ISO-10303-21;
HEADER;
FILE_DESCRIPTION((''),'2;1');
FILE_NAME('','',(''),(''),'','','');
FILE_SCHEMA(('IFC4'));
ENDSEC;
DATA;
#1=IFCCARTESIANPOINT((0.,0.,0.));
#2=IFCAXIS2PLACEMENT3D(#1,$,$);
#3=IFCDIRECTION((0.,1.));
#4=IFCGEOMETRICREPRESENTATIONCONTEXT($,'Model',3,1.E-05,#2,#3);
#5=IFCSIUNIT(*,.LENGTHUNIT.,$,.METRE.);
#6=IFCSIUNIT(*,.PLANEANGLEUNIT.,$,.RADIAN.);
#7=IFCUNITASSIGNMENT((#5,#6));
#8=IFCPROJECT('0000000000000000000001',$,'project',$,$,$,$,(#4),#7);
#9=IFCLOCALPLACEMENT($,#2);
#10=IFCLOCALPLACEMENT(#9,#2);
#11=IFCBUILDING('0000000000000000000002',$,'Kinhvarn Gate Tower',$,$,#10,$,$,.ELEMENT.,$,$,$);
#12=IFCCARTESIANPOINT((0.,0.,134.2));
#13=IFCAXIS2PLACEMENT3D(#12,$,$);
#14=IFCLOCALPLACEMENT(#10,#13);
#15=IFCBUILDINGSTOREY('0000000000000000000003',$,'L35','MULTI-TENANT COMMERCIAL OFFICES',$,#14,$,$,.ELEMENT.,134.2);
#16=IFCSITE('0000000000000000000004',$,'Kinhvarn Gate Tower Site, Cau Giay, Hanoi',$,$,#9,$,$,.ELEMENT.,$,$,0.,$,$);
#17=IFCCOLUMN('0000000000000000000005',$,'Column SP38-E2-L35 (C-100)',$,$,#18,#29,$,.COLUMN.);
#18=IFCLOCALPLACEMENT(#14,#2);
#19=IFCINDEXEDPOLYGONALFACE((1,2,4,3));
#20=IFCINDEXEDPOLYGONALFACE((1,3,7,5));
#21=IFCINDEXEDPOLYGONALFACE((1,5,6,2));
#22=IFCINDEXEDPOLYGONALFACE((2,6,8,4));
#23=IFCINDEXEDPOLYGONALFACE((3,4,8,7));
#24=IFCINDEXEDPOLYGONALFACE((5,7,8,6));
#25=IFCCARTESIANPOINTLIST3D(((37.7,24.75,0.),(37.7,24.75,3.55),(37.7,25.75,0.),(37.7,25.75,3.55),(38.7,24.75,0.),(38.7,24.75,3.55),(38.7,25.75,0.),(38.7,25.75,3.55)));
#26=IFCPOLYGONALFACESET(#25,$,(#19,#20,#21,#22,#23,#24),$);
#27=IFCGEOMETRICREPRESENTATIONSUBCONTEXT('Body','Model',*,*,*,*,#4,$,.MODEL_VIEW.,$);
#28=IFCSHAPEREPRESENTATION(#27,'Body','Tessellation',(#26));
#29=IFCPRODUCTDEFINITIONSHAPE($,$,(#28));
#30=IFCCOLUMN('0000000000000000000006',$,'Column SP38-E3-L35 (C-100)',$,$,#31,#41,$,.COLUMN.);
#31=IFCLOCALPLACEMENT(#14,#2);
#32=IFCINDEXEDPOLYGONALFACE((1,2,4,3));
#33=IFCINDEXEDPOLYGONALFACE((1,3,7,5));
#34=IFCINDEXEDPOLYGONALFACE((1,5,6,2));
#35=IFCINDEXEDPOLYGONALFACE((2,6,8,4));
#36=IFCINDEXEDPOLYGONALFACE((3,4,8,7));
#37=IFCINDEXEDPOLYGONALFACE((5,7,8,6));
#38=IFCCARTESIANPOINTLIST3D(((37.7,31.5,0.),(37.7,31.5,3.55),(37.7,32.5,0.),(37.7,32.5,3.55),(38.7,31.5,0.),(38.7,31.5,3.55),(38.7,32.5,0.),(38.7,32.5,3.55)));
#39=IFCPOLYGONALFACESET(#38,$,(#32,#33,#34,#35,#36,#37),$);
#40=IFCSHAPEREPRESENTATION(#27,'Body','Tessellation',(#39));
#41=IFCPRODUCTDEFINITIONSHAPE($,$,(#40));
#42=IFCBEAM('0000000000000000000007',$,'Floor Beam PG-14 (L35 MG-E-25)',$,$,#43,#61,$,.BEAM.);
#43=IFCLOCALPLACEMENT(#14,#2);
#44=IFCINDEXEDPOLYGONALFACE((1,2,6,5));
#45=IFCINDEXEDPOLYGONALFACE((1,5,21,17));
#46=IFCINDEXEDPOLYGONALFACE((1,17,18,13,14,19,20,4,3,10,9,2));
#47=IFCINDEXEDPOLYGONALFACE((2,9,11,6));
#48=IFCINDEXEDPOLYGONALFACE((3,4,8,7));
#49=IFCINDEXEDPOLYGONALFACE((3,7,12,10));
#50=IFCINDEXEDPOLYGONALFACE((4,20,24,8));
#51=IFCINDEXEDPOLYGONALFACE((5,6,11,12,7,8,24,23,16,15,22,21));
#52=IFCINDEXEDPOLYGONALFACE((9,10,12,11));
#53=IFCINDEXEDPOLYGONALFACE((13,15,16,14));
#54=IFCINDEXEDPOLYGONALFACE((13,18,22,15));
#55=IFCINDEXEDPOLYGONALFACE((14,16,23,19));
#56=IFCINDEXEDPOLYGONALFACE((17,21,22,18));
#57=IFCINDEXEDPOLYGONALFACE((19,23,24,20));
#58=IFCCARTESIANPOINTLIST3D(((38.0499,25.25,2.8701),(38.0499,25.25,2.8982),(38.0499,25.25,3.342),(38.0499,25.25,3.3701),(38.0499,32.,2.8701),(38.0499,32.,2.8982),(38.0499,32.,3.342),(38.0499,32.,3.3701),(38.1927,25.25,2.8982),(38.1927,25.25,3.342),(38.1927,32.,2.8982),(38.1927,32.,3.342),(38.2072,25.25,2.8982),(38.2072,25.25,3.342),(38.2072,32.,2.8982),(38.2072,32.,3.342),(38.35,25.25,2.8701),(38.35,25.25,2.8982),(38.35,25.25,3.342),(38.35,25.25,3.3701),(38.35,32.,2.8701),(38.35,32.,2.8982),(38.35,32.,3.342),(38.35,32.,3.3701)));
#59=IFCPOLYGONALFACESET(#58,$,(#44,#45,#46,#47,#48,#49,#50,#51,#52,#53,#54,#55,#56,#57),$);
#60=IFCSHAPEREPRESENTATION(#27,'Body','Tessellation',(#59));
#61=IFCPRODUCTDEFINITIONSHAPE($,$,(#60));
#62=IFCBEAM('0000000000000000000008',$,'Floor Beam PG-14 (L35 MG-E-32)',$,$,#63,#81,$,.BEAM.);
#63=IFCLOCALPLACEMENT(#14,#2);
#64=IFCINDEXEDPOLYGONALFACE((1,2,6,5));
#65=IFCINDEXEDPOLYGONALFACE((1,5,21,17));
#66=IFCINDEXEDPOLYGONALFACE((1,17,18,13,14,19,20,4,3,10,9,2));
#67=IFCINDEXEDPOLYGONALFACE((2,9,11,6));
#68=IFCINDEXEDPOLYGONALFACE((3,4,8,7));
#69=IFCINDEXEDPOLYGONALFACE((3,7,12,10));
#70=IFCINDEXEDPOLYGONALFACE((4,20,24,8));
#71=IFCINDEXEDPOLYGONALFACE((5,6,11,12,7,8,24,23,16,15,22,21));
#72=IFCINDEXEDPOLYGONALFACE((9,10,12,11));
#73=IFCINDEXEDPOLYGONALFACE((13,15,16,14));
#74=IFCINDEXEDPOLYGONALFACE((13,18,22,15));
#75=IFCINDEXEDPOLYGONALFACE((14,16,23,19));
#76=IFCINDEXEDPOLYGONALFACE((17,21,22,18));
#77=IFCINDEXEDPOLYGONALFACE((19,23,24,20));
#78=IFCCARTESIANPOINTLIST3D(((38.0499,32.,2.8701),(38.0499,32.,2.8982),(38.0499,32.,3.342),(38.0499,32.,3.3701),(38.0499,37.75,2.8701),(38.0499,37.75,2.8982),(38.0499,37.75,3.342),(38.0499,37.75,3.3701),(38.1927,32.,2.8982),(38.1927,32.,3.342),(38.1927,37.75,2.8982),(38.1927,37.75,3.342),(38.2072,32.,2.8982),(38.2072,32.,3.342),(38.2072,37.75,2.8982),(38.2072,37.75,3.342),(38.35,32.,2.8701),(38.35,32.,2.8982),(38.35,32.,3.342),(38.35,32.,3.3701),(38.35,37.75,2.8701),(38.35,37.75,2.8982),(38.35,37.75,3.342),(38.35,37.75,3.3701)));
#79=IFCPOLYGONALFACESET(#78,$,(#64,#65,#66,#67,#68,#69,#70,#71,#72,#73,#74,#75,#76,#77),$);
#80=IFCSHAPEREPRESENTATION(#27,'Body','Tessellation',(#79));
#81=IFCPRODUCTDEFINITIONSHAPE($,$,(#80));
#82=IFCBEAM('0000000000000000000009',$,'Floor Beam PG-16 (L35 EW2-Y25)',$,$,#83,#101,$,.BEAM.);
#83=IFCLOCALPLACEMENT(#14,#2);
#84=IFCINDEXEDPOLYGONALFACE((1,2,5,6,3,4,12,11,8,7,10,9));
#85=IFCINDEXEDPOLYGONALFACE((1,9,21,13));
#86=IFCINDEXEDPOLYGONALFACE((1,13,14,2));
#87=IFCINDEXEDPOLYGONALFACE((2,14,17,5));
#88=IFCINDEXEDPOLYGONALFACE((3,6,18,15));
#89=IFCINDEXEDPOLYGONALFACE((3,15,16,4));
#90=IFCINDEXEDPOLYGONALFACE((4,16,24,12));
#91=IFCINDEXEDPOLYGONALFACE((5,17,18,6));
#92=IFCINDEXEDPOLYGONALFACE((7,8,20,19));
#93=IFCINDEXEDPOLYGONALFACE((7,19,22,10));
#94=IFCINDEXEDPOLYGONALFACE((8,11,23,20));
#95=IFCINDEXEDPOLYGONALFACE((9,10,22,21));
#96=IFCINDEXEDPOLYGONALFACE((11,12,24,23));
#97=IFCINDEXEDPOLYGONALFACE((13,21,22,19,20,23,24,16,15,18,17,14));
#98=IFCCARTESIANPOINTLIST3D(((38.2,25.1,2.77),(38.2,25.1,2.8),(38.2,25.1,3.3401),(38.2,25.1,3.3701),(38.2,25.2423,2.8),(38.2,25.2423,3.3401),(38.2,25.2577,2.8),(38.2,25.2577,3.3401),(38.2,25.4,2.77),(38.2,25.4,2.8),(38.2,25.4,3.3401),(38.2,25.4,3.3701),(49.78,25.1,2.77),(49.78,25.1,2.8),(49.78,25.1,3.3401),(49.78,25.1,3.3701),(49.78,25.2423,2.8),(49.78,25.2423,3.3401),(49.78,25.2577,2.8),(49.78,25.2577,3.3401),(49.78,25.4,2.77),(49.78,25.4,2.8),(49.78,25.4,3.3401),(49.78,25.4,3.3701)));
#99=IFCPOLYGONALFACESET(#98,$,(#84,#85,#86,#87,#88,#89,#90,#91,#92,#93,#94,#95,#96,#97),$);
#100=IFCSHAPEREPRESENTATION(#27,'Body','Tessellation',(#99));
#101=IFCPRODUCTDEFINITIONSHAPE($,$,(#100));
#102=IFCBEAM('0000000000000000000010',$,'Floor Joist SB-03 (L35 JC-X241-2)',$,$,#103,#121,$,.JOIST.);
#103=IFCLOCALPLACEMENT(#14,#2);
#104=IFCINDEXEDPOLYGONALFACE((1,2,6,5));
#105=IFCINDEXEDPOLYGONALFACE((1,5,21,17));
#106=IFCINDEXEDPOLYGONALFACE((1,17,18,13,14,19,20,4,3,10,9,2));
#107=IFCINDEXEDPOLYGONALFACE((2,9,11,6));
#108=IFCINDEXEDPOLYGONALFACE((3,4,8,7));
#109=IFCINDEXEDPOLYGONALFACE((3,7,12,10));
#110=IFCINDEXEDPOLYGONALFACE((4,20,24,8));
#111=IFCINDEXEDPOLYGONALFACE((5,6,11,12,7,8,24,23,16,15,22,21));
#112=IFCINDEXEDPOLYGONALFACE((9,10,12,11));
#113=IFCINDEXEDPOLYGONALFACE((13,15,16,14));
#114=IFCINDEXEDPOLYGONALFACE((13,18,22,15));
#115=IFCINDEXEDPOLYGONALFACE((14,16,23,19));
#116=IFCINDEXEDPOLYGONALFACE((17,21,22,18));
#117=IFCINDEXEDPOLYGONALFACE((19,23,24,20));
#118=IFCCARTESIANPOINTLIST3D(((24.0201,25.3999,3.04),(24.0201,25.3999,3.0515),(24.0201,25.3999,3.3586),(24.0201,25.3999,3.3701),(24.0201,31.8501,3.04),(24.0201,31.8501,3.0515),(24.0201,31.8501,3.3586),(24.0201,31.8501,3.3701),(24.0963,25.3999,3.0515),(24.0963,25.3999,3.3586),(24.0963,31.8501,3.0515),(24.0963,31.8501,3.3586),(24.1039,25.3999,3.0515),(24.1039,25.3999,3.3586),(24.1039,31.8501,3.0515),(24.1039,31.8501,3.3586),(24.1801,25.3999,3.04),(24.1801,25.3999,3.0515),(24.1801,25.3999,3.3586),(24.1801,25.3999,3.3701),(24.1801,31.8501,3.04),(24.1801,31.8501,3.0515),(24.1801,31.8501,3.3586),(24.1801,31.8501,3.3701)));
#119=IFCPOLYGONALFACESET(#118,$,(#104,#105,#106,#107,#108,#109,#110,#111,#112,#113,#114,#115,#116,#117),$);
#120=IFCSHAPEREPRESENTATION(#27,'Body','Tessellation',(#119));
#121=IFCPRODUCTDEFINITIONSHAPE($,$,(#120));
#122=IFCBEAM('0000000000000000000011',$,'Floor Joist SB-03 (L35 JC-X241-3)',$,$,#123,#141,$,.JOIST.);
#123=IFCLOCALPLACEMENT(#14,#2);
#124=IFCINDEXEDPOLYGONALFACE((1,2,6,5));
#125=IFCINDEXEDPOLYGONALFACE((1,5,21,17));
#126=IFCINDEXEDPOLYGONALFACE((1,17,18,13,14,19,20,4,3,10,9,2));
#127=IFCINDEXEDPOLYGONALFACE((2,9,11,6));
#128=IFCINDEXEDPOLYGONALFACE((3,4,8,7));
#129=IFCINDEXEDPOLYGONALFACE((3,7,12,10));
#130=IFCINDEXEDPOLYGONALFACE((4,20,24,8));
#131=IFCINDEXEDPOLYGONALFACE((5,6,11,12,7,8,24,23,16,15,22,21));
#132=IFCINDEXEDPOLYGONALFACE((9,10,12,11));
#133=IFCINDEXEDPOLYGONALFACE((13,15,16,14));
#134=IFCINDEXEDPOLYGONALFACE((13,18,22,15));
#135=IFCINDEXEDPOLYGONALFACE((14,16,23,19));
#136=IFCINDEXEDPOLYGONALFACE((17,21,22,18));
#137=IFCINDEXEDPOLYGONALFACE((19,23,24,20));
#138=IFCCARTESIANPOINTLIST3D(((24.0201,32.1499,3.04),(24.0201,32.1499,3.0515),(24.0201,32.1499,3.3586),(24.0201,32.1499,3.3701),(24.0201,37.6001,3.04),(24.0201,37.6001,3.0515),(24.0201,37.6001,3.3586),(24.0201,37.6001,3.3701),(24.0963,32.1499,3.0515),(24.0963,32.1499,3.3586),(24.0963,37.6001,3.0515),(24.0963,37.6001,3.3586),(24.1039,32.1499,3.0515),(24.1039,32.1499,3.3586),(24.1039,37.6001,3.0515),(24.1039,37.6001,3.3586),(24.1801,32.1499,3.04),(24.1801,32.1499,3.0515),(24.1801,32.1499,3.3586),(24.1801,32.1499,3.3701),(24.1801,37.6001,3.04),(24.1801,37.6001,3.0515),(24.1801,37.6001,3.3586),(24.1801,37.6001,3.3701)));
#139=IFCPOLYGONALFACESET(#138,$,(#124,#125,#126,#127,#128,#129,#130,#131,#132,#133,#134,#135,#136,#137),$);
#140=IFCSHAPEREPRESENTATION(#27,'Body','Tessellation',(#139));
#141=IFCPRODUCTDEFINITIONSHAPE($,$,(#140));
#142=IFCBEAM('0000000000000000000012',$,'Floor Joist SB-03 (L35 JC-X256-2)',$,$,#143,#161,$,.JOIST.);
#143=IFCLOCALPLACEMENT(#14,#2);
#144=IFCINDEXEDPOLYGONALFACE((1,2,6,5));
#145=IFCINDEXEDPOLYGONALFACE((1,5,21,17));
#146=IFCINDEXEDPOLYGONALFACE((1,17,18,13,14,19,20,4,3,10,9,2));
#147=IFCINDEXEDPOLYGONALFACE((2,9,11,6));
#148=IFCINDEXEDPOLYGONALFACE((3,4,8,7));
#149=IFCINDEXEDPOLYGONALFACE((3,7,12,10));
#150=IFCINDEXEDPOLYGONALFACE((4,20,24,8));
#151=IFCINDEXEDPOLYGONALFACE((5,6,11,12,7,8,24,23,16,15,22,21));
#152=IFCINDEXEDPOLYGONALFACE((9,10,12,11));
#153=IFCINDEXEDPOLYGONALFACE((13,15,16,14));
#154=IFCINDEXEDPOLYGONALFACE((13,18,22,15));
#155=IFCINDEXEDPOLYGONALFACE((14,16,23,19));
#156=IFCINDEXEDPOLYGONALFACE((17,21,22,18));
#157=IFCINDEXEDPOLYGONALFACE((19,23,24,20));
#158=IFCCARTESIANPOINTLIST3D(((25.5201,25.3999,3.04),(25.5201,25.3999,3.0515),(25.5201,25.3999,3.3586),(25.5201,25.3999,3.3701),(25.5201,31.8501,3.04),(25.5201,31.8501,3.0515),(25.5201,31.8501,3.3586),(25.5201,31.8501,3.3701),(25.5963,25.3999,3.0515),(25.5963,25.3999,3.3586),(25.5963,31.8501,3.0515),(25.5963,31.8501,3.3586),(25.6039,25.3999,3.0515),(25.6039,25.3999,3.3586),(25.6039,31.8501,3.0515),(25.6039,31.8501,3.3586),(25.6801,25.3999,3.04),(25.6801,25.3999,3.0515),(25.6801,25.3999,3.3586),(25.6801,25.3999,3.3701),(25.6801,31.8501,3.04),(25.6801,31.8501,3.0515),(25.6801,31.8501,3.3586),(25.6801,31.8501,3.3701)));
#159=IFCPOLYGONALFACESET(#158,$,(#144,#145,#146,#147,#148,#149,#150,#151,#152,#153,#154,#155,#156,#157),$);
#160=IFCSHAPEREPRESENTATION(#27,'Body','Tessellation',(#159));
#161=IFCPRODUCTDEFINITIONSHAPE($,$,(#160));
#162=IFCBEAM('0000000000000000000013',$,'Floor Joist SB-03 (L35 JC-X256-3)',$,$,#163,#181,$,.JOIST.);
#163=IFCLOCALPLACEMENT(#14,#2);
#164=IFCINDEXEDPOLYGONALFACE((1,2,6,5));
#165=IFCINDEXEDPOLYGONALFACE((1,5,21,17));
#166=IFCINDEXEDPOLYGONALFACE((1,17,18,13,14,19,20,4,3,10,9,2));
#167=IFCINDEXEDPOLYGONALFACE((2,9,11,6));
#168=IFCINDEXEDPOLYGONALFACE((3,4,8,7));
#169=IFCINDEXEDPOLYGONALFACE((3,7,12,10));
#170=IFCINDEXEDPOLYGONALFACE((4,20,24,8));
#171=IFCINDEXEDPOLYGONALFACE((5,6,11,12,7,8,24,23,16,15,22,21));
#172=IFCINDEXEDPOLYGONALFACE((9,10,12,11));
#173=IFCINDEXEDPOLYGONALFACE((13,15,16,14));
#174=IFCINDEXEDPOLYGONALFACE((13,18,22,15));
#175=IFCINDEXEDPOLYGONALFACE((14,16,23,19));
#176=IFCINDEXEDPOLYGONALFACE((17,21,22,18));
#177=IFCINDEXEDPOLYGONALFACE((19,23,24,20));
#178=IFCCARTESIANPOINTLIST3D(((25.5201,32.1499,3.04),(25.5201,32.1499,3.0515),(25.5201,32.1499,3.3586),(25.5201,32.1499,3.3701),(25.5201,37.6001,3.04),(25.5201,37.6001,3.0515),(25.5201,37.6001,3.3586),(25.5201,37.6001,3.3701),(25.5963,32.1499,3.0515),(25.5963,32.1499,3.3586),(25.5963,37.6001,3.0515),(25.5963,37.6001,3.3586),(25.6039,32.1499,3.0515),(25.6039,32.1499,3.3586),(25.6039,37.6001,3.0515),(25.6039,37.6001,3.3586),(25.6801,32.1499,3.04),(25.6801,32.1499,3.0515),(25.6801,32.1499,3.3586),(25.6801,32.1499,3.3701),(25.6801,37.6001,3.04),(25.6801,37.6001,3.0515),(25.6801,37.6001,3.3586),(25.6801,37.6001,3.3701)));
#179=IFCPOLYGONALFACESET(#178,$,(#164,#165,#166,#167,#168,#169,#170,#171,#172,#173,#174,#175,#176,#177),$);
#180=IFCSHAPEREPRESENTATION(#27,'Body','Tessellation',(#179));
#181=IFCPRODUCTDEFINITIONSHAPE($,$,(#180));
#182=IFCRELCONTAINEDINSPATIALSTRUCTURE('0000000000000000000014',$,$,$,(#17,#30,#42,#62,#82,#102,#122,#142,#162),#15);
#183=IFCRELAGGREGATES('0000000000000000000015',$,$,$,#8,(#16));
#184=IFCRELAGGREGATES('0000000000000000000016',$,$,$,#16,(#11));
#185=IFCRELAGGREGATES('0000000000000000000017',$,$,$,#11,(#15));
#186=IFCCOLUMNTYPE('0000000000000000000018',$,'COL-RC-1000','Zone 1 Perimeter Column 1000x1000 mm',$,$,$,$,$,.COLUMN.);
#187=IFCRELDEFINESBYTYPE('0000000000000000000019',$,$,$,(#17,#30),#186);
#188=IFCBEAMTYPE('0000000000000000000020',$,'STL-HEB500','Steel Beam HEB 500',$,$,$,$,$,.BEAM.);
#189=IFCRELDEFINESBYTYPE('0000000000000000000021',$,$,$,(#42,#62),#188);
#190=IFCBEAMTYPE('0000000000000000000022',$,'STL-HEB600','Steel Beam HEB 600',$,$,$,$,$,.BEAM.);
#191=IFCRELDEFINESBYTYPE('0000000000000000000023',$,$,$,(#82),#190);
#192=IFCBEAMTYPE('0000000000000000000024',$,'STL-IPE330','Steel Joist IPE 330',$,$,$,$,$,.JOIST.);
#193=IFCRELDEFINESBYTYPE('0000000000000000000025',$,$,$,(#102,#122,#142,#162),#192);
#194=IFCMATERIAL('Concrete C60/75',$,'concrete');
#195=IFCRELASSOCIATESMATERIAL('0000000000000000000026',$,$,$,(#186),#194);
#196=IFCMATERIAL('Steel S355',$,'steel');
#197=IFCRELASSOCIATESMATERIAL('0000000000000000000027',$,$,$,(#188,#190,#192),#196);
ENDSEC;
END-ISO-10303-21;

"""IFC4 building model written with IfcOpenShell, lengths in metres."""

from ifc_helpers import new_model, si_unit, direction, frame, origin, origin_2d, place, context, subcontext, project, spatial, rectangle, i_section, extrude, material, material_profile, profile_set, type_object, element, save


model = new_model("IFC4")

# Units and contexts
model_context = context("Model", 3, precision=1e-05, world=origin(), true_north=direction((0.0, 1.0)))
body_context = subcontext(model_context, "Body", "Model", "MODEL_VIEW")
ifc_project = project(units=[si_unit("LENGTHUNIT", "METRE"), si_unit("PLANEANGLEUNIT", "RADIAN")], contexts=[model_context])

# Site, building, storey
site_placement = place(None, origin())
site = spatial("IfcSite", under=ifc_project, at=site_placement, Name="Kinhvarn Gate Tower Site, Cau Giay, Hanoi", CompositionType="ELEMENT", RefElevation=0.0)
building_placement = place(site_placement, origin())
building = spatial("IfcBuilding", under=site, at=building_placement, Name="Kinhvarn Gate Tower", CompositionType="ELEMENT")
storey_placement = place(building_placement, frame((0.0, 0.0, 134.2)))
storey = spatial("IfcBuildingStorey", under=building, at=storey_placement, Name="L35", Description="MULTI-TENANT COMMERCIAL OFFICES", CompositionType="ELEMENT", Elevation=134.2)

# Columns
ifc_material_1 = material(Name="Concrete C60/75", Category="concrete")
ifc_material_profile_1 = material_profile(ifc_material_1, rectangle(XDim=1.0, YDim=1.0, at=origin_2d()), Name="RC 1000x1000")
ifc_profile_set_1 = profile_set([ifc_material_profile_1], Name="Concrete C60/75")
column_type = type_object("IfcColumnType", Name="COL-RC-1000", Description="Zone 1 Perimeter Column 1000x1000 mm", PredefinedType="COLUMN", material=ifc_profile_set_1)
for number, where, z_axis, x_axis, name in (
    (1, (38.2, 25.25, 0.0), (0.0, 0.0, 1.0), (1.0, 0.0, 0.0), "Column SP38-E2-L35 (C-100)"),
    (2, (38.2, 32.0, 0.0), (0.0, 0.0, 1.0), (1.0, 0.0, 0.0), "Column SP38-E3-L35 (C-100)"),
):
    element("IfcColumn", number, at=place(storey_placement, frame(where, z_axis=z_axis, x_axis=x_axis)), inside=storey, type_object=column_type, Name=name, PredefinedType="COLUMN", context=body_context, shape_type="SweptSolid", body=[
        extrude(rectangle(XDim=1.0, YDim=1.0, at=origin_2d()), origin(), (0.0, 0.0, 1.0), 3.55),
    ])

# Beams
ifc_material_2 = material(Name="Steel S355", Category="steel")
ifc_material_profile_2 = material_profile(ifc_material_2, i_section(OverallWidth=0.3, OverallDepth=0.5, WebThickness=0.0144, FlangeThickness=0.0281, at=origin_2d()), Name="HEB 500")
ifc_profile_set_2 = profile_set([ifc_material_profile_2], Name="Steel S355")
beam_type_1 = type_object("IfcBeamType", Name="STL-HEB500", Description="Steel Beam HEB 500", PredefinedType="BEAM", material=ifc_profile_set_2)
beam_1_placement = place(storey_placement, frame((38.2, 25.25, 3.1201), z_axis=(0.0, 1.0, 0.0), x_axis=(-1.0, 0.0, 0.0)))
element("IfcBeam", 3, at=beam_1_placement, inside=storey, type_object=beam_type_1, Name="Floor Beam PG-14 (L35 MG-E-25)", PredefinedType="BEAM", context=body_context, shape_type="SweptSolid", body=[
    extrude(i_section(OverallWidth=0.3, OverallDepth=0.5, WebThickness=0.0144, FlangeThickness=0.0281, at=origin_2d()), origin(), (0.0, 0.0, 1.0), 6.75),
])
beam_2_placement = place(storey_placement, frame((38.2, 32.0, 3.1201), z_axis=(0.0, 1.0, 0.0), x_axis=(-1.0, 0.0, 0.0)))
element("IfcBeam", 4, at=beam_2_placement, inside=storey, type_object=beam_type_1, Name="Floor Beam PG-14 (L35 MG-E-32)", PredefinedType="BEAM", context=body_context, shape_type="SweptSolid", body=[
    extrude(i_section(OverallWidth=0.3, OverallDepth=0.5, WebThickness=0.0144, FlangeThickness=0.0281, at=origin_2d()), origin(), (0.0, 0.0, 1.0), 5.75),
])
ifc_material_profile_3 = material_profile(ifc_material_2, i_section(OverallWidth=0.3, OverallDepth=0.6001, WebThickness=0.0154, FlangeThickness=0.03, at=origin_2d()), Name="HEB 600")
ifc_profile_set_3 = profile_set([ifc_material_profile_3], Name="Steel S355")
beam_type_2 = type_object("IfcBeamType", Name="STL-HEB600", Description="Steel Beam HEB 600", PredefinedType="BEAM", material=ifc_profile_set_3)
beam_3_placement = place(storey_placement, frame((38.2, 25.25, 3.0701), z_axis=(1.0, 0.0, 0.0), x_axis=(0.0, 1.0, 0.0)))
element("IfcBeam", 5, at=beam_3_placement, inside=storey, type_object=beam_type_2, Name="Floor Beam PG-16 (L35 EW2-Y25)", PredefinedType="BEAM", context=body_context, shape_type="SweptSolid", body=[
    extrude(i_section(OverallWidth=0.3, OverallDepth=0.6001, WebThickness=0.0154, FlangeThickness=0.03, at=origin_2d()), origin(), (0.0, 0.0, 1.0), 11.5801),
])
ifc_material_profile_4 = material_profile(ifc_material_2, i_section(OverallWidth=0.1599, OverallDepth=0.3301, WebThickness=0.0076, FlangeThickness=0.0115, at=origin_2d()), Name="IPE 330")
ifc_profile_set_4 = profile_set([ifc_material_profile_4], Name="Steel S355")
beam_type_3 = type_object("IfcBeamType", Name="STL-IPE330", Description="Steel Joist IPE 330", PredefinedType="JOIST", material=ifc_profile_set_4)
beam_4_placement = place(storey_placement, frame((24.1001, 25.3999, 3.2051), z_axis=(0.0, 1.0, 0.0), x_axis=(-1.0, 0.0, 0.0)))
element("IfcBeam", 6, at=beam_4_placement, inside=storey, type_object=beam_type_3, Name="Floor Joist SB-03 (L35 JC-X241-2)", PredefinedType="JOIST", context=body_context, shape_type="SweptSolid", body=[
    extrude(i_section(OverallWidth=0.1599, OverallDepth=0.3301, WebThickness=0.0076, FlangeThickness=0.0115, at=origin_2d()), origin(), (0.0, 0.0, 1.0), 6.4502),
])
beam_5_placement = place(storey_placement, frame((24.1001, 32.1499, 3.2051), z_axis=(0.0, 1.0, 0.0), x_axis=(-1.0, 0.0, 0.0)))
element("IfcBeam", 7, at=beam_5_placement, inside=storey, type_object=beam_type_3, Name="Floor Joist SB-03 (L35 JC-X241-3)", PredefinedType="JOIST", context=body_context, shape_type="SweptSolid", body=[
    extrude(i_section(OverallWidth=0.1599, OverallDepth=0.3301, WebThickness=0.0076, FlangeThickness=0.0115, at=origin_2d()), origin(), (0.0, 0.0, 1.0), 5.4502),
])
beam_6_placement = place(storey_placement, frame((25.6001, 25.3999, 3.2051), z_axis=(0.0, 1.0, 0.0), x_axis=(-1.0, 0.0, 0.0)))
element("IfcBeam", 8, at=beam_6_placement, inside=storey, type_object=beam_type_3, Name="Floor Joist SB-03 (L35 JC-X256-2)", PredefinedType="JOIST", context=body_context, shape_type="SweptSolid", body=[
    extrude(i_section(OverallWidth=0.1599, OverallDepth=0.3301, WebThickness=0.0076, FlangeThickness=0.0115, at=origin_2d()), origin(), (0.0, 0.0, 1.0), 6.4502),
])
beam_7_placement = place(storey_placement, frame((25.6001, 32.1499, 3.2051), z_axis=(0.0, 1.0, 0.0), x_axis=(-1.0, 0.0, 0.0)))
element("IfcBeam", 9, at=beam_7_placement, inside=storey, type_object=beam_type_3, Name="Floor Joist SB-03 (L35 JC-X256-3)", PredefinedType="JOIST", context=body_context, shape_type="SweptSolid", body=[
    extrude(i_section(OverallWidth=0.1599, OverallDepth=0.3301, WebThickness=0.0076, FlangeThickness=0.0115, at=origin_2d()), origin(), (0.0, 0.0, 1.0), 5.4502),
])

save(model, "model.ifc")
